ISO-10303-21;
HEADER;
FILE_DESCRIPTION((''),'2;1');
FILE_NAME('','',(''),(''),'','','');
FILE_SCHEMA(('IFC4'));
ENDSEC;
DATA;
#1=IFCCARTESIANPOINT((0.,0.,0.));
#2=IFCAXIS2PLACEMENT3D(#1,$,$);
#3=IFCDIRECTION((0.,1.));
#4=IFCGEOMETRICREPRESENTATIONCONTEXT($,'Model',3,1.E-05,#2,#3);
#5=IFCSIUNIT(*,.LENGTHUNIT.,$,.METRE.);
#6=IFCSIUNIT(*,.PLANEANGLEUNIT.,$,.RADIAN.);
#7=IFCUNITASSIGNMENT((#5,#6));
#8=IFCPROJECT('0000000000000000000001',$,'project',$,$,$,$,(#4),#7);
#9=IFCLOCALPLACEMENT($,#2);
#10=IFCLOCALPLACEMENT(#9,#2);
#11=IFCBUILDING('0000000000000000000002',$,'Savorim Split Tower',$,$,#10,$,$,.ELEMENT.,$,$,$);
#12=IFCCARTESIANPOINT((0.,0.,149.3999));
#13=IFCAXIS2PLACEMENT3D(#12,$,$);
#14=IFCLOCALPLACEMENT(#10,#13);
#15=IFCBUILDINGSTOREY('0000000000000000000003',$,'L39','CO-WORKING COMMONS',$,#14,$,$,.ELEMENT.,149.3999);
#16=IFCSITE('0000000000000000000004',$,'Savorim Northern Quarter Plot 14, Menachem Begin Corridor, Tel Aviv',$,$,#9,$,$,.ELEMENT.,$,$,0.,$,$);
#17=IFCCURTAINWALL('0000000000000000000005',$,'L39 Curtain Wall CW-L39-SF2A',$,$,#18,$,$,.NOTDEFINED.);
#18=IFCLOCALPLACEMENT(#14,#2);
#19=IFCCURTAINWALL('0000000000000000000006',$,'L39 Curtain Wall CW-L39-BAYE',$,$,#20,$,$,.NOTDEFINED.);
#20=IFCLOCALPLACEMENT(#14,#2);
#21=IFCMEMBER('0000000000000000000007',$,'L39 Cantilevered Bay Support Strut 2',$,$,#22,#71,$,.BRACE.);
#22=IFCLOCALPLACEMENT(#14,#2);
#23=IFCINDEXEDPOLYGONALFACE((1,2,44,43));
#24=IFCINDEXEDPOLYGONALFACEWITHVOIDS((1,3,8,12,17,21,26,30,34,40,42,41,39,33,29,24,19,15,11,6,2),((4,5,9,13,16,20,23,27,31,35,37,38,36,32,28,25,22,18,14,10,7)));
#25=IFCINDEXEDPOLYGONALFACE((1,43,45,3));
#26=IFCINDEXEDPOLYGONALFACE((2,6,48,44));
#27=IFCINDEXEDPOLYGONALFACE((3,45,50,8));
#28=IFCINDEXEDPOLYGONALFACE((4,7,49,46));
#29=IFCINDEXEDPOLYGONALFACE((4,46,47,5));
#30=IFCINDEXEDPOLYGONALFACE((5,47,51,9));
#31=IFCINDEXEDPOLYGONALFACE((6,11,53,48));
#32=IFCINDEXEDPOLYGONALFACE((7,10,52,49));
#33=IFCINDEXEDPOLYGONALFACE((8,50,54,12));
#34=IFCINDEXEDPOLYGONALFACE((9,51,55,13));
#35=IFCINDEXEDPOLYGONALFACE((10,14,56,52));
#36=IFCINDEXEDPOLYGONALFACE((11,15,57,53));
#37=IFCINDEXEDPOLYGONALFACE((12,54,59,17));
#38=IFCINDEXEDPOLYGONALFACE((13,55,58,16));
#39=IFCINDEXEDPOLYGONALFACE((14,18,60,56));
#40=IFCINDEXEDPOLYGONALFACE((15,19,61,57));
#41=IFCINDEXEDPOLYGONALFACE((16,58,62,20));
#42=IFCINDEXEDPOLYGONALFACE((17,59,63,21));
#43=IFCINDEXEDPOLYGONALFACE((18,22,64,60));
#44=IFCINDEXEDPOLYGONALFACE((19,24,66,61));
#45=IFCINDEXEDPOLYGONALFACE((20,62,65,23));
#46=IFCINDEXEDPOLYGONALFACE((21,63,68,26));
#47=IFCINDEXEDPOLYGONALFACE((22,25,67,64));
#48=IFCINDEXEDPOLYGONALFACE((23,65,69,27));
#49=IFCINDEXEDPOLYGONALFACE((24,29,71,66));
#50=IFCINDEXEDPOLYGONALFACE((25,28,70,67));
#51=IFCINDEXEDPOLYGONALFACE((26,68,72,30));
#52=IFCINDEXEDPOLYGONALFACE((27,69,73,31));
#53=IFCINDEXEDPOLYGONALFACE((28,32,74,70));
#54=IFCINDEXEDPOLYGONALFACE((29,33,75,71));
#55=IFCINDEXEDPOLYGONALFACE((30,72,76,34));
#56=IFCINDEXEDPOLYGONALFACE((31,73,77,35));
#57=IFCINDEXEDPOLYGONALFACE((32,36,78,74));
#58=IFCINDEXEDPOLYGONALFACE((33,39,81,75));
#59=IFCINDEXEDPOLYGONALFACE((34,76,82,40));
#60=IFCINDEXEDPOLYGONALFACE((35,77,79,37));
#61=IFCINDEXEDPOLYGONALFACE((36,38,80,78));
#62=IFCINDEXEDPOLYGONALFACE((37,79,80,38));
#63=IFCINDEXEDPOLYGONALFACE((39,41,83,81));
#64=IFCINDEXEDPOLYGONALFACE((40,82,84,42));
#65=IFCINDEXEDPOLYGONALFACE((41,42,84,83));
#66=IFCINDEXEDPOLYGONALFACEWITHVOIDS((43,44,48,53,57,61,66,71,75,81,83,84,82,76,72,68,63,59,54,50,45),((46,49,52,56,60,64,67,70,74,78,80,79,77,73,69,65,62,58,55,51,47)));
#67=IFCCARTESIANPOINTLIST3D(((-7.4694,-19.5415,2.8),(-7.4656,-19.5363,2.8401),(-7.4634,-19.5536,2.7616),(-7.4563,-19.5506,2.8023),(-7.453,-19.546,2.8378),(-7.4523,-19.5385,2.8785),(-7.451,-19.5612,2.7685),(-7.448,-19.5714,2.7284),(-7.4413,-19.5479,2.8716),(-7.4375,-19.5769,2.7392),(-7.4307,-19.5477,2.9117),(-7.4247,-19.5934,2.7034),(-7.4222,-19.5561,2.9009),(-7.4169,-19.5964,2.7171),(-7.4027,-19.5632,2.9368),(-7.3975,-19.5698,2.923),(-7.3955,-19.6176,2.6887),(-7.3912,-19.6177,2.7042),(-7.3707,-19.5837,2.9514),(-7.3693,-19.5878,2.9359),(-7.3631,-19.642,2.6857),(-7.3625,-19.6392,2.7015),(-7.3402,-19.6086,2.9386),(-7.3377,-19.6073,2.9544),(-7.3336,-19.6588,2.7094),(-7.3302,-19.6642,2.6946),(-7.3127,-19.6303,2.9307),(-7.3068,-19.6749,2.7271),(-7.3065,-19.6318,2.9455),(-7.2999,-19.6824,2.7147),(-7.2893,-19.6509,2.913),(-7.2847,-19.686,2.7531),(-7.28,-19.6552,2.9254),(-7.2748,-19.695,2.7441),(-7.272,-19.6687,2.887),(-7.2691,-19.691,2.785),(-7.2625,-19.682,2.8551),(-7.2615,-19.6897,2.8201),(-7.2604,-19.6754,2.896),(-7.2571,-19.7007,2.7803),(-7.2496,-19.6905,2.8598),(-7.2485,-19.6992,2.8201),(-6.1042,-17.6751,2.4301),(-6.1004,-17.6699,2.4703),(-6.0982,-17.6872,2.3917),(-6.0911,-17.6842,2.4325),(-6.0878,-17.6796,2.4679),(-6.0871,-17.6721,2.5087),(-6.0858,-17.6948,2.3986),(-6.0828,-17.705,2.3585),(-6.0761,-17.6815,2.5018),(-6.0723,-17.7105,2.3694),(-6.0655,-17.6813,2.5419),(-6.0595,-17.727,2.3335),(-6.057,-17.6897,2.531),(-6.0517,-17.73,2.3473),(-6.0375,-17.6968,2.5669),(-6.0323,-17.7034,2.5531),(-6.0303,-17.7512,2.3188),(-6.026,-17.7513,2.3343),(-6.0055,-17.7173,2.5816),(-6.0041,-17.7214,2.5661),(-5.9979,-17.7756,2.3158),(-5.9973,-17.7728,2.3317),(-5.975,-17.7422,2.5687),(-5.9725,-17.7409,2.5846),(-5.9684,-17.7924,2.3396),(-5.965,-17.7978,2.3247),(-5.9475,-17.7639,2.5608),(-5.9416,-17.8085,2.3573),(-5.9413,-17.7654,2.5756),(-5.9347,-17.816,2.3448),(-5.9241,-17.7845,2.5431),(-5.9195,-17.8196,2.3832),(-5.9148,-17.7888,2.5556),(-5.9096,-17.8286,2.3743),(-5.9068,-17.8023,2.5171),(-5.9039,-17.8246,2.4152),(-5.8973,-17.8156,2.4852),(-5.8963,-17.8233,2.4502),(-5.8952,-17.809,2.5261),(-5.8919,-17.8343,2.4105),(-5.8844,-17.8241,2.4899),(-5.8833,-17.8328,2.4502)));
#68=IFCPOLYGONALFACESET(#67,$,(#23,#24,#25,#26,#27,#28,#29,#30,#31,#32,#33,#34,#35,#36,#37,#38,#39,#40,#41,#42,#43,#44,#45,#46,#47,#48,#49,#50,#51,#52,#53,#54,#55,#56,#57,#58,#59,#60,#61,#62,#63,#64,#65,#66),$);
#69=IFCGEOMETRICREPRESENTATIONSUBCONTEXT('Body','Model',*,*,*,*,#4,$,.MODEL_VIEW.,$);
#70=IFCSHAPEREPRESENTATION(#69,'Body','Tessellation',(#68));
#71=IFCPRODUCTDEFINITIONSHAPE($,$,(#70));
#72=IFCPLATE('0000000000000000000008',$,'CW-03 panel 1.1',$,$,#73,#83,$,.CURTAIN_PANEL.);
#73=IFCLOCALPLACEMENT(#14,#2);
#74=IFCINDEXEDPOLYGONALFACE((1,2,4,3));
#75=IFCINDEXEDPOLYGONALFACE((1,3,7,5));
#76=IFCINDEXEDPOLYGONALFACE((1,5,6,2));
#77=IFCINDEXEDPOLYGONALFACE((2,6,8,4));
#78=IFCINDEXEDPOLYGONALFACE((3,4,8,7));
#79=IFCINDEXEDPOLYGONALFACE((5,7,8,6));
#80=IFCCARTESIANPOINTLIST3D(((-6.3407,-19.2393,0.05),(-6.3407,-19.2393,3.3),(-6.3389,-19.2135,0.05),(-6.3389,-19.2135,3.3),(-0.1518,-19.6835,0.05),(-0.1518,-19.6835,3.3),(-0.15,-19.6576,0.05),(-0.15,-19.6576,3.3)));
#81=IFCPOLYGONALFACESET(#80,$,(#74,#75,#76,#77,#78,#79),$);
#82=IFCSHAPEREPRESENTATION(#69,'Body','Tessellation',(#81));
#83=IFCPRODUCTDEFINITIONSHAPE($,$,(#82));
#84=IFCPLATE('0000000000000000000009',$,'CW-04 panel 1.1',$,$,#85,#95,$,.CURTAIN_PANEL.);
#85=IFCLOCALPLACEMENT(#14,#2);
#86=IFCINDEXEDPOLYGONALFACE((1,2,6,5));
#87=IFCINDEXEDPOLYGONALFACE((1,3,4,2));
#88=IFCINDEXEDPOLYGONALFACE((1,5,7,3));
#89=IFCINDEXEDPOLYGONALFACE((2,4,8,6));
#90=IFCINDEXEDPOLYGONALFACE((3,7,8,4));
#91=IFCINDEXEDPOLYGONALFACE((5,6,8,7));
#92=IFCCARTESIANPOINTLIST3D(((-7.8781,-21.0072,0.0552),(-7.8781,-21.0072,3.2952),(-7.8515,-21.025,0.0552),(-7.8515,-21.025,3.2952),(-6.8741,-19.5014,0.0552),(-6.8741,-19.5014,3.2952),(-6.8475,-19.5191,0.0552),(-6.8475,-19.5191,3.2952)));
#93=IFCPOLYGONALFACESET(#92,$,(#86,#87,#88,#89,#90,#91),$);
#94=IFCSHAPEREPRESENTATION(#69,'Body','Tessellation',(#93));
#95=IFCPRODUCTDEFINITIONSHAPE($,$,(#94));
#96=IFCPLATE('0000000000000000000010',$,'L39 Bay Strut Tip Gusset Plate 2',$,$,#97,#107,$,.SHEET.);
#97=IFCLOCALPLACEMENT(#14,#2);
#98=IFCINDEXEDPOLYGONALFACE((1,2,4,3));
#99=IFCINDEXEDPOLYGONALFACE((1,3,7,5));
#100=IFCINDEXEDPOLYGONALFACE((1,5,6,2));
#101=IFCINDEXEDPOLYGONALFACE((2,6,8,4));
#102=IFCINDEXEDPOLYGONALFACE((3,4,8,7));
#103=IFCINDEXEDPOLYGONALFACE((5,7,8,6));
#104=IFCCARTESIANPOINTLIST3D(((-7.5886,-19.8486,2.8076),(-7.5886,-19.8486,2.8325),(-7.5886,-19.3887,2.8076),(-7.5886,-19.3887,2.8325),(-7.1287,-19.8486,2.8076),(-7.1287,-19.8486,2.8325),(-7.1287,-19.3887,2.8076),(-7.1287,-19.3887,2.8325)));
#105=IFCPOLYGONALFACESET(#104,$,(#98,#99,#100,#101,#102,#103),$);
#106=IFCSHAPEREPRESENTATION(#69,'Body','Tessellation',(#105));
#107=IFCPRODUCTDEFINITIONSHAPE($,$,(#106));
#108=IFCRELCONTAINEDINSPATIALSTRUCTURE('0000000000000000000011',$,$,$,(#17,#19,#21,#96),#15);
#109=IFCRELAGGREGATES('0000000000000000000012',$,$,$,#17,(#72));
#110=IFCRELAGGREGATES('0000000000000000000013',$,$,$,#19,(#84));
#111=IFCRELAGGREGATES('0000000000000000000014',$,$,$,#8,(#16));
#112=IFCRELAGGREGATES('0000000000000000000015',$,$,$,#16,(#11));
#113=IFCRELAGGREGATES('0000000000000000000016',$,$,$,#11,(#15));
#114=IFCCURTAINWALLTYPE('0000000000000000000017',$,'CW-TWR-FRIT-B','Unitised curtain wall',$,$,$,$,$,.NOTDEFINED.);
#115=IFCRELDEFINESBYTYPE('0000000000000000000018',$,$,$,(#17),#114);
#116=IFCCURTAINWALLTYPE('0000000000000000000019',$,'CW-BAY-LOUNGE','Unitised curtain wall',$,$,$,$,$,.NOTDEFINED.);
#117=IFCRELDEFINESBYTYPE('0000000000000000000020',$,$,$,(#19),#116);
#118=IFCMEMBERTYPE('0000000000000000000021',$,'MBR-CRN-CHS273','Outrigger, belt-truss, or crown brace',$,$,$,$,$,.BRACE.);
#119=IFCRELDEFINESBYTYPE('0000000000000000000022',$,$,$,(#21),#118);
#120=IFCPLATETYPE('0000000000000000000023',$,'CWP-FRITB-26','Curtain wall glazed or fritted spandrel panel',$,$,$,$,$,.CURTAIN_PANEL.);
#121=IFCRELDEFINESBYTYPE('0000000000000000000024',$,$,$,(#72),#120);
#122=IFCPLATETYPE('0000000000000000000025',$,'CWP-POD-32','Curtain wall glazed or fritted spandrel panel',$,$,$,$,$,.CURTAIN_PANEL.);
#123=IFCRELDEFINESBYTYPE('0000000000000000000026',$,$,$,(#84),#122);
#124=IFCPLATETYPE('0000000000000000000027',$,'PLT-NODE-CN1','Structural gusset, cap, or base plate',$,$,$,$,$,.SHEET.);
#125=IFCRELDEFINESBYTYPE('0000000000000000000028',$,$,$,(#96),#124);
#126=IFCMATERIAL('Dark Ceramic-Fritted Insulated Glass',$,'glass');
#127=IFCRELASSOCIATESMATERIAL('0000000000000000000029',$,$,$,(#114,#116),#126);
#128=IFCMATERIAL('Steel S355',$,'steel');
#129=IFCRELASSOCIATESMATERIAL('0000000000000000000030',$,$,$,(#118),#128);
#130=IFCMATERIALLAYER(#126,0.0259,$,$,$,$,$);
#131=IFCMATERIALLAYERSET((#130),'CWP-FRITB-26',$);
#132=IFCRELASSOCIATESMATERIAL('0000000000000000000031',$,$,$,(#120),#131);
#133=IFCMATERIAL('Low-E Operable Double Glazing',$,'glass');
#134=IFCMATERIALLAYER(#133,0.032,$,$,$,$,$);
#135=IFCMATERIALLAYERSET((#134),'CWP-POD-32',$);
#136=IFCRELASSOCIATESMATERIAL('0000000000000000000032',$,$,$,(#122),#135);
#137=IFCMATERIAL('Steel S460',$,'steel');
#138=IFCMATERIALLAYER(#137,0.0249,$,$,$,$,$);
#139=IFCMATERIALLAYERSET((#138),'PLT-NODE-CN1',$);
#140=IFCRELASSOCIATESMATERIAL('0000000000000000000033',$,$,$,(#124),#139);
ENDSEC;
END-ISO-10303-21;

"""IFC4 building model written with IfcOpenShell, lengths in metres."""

from ifc_helpers import new_model, si_unit, direction, frame, origin, origin_2d, place, context, subcontext, project, spatial, rectangle, hollow_circle, extrude, material, layer, layer_set, material_profile, profile_set, type_object, element, aggregate, save


model = new_model("IFC4")

# Units and contexts
model_context = context("Model", 3, precision=1e-05, world=origin(), true_north=direction((0.0, 1.0)))
body_context = subcontext(model_context, "Body", "Model", "MODEL_VIEW")
ifc_project = project(units=[si_unit("LENGTHUNIT", "METRE"), si_unit("PLANEANGLEUNIT", "RADIAN")], contexts=[model_context])

# Site, building, storey
site_placement = place(None, origin())
site = spatial("IfcSite", under=ifc_project, at=site_placement, Name="Savorim Northern Quarter Plot 14, Menachem Begin Corridor, Tel Aviv", CompositionType="ELEMENT", RefElevation=0.0)
building_placement = place(site_placement, origin())
building = spatial("IfcBuilding", under=site, at=building_placement, Name="Savorim Split Tower", CompositionType="ELEMENT")
storey_placement = place(building_placement, frame((0.0, 0.0, 149.3999)))
storey = spatial("IfcBuildingStorey", under=building, at=storey_placement, Name="L39", Description="CO-WORKING COMMONS", CompositionType="ELEMENT", Elevation=149.3999)

# Shared definitions
ifc_material_1 = material(Name="Steel S460", Category="steel")

# Curtain wall
ifc_material_2 = material(Name="Dark Ceramic-Fritted Insulated Glass", Category="glass")
curtain_wall_type_1 = type_object("IfcCurtainWallType", Name="CW-TWR-FRIT-B", Description="Unitised curtain wall", PredefinedType="NOTDEFINED", material=ifc_material_2)
curtain_wall_1_placement = place(storey_placement, origin())
curtain_wall_1 = element("IfcCurtainWall", 1, at=curtain_wall_1_placement, inside=storey, type_object=curtain_wall_type_1, Name="L39 Curtain Wall CW-L39-SF2A", PredefinedType="NOTDEFINED")

# Shared definitions
curtain_wall_type_2 = type_object("IfcCurtainWallType", Name="CW-BAY-LOUNGE", Description="Unitised curtain wall", PredefinedType="NOTDEFINED", material=ifc_material_2)

# Curtain wall
curtain_wall_2_placement = place(storey_placement, origin())
curtain_wall_2 = element("IfcCurtainWall", 2, at=curtain_wall_2_placement, inside=storey, type_object=curtain_wall_type_2, Name="L39 Curtain Wall CW-L39-BAYE", PredefinedType="NOTDEFINED")

# Member
ifc_material_3 = material(Name="Steel S355", Category="steel")
ifc_material_profile_1 = material_profile(ifc_material_3, hollow_circle(Radius=0.1365, WallThickness=0.0161, at=origin_2d()), Name="CHS 273x16")
ifc_profile_set_1 = profile_set([ifc_material_profile_1], Name="Steel S355")
member_type_1 = type_object("IfcMemberType", Name="MBR-CRN-CHS273", Description="Outrigger, belt-truss, or crown brace", PredefinedType="BRACE", material=ifc_profile_set_1)
member_1_placement = place(storey_placement, frame((-5.9934, -17.7522, 2.4502), z_axis=(-0.582969, -0.796996, 0.15794), x_axis=(0.807126, -0.590379, 0.0)))
element("IfcMember", 3, at=member_1_placement, inside=storey, type_object=member_type_1, Name="L39 Cantilevered Bay Support Strut 2", PredefinedType="BRACE", context=body_context, shape_type="SweptSolid", body=[
    extrude(hollow_circle(Radius=0.1365, WallThickness=0.0161, at=origin_2d()), origin(), (0.0, 0.0, 1.0), 2.3418),
])

# Plates
ifc_layer_1 = layer(ifc_material_2, 0.0259)
ifc_layer_set_1 = layer_set([ifc_layer_1], Name="CWP-FRITB-26")
plate_type_1 = type_object("IfcPlateType", Name="CWP-FRITB-26", Description="Curtain wall glazed or fritted spandrel panel", PredefinedType="CURTAIN_PANEL", material=ifc_layer_set_1)
plate_1_placement = place(storey_placement, frame((-3.2454, -19.4485, 0.05), z_axis=(0.0, 0.0, 1.0), x_axis=(0.997435, -0.071576, 0.0)))
plate_1 = element("IfcPlate", 4, at=plate_1_placement, type_object=plate_type_1, Name="CW-03 panel 1.1", PredefinedType="CURTAIN_PANEL", context=body_context, shape_type="SweptSolid", body=[
    extrude(rectangle(XDim=6.2048, YDim=0.0259, at=origin_2d()), origin(), (0.0, 0.0, 1.0), 3.25),
])
aggregate(curtain_wall_1, [plate_1])
ifc_material_4 = material(Name="Low-E Operable Double Glazing", Category="glass")
ifc_layer_2 = layer(ifc_material_4, 0.032)
ifc_layer_set_2 = layer_set([ifc_layer_2], Name="CWP-POD-32")
plate_type_2 = type_object("IfcPlateType", Name="CWP-POD-32", Description="Curtain wall glazed or fritted spandrel panel", PredefinedType="CURTAIN_PANEL", material=ifc_layer_set_2)
plate_2_placement = place(storey_placement, frame((-7.3628, -20.2632, 0.0552), z_axis=(0.0, 0.0, 1.0), x_axis=(0.554712, 0.832042, 0.0)))
plate_2 = element("IfcPlate", 5, at=plate_2_placement, type_object=plate_type_2, Name="CW-04 panel 1.1", PredefinedType="CURTAIN_PANEL", context=body_context, shape_type="SweptSolid", body=[
    extrude(rectangle(XDim=1.8098, YDim=0.032, at=origin_2d()), origin(), (0.0, 0.0, 1.0), 3.24),
])
aggregate(curtain_wall_2, [plate_2])
ifc_layer_3 = layer(ifc_material_1, 0.0249)
ifc_layer_set_3 = layer_set([ifc_layer_3], Name="PLT-NODE-CN1")
plate_type_3 = type_object("IfcPlateType", Name="PLT-NODE-CN1", Description="Structural gusset, cap, or base plate", PredefinedType="SHEET", material=ifc_layer_set_3)
plate_3_placement = place(storey_placement, frame((-7.3586, -19.6187, 2.8076), z_axis=(0.0, 0.0, 1.0), x_axis=(1.0, 0.0, 0.0)))
element("IfcPlate", 6, at=plate_3_placement, inside=storey, type_object=plate_type_3, Name="L39 Bay Strut Tip Gusset Plate 2", PredefinedType="SHEET", context=body_context, shape_type="SweptSolid", body=[
    extrude(rectangle(XDim=0.46, YDim=0.46, at=origin_2d()), origin(), (0.0, 0.0, 1.0), 0.0249),
])

save(model, "model.ifc")
